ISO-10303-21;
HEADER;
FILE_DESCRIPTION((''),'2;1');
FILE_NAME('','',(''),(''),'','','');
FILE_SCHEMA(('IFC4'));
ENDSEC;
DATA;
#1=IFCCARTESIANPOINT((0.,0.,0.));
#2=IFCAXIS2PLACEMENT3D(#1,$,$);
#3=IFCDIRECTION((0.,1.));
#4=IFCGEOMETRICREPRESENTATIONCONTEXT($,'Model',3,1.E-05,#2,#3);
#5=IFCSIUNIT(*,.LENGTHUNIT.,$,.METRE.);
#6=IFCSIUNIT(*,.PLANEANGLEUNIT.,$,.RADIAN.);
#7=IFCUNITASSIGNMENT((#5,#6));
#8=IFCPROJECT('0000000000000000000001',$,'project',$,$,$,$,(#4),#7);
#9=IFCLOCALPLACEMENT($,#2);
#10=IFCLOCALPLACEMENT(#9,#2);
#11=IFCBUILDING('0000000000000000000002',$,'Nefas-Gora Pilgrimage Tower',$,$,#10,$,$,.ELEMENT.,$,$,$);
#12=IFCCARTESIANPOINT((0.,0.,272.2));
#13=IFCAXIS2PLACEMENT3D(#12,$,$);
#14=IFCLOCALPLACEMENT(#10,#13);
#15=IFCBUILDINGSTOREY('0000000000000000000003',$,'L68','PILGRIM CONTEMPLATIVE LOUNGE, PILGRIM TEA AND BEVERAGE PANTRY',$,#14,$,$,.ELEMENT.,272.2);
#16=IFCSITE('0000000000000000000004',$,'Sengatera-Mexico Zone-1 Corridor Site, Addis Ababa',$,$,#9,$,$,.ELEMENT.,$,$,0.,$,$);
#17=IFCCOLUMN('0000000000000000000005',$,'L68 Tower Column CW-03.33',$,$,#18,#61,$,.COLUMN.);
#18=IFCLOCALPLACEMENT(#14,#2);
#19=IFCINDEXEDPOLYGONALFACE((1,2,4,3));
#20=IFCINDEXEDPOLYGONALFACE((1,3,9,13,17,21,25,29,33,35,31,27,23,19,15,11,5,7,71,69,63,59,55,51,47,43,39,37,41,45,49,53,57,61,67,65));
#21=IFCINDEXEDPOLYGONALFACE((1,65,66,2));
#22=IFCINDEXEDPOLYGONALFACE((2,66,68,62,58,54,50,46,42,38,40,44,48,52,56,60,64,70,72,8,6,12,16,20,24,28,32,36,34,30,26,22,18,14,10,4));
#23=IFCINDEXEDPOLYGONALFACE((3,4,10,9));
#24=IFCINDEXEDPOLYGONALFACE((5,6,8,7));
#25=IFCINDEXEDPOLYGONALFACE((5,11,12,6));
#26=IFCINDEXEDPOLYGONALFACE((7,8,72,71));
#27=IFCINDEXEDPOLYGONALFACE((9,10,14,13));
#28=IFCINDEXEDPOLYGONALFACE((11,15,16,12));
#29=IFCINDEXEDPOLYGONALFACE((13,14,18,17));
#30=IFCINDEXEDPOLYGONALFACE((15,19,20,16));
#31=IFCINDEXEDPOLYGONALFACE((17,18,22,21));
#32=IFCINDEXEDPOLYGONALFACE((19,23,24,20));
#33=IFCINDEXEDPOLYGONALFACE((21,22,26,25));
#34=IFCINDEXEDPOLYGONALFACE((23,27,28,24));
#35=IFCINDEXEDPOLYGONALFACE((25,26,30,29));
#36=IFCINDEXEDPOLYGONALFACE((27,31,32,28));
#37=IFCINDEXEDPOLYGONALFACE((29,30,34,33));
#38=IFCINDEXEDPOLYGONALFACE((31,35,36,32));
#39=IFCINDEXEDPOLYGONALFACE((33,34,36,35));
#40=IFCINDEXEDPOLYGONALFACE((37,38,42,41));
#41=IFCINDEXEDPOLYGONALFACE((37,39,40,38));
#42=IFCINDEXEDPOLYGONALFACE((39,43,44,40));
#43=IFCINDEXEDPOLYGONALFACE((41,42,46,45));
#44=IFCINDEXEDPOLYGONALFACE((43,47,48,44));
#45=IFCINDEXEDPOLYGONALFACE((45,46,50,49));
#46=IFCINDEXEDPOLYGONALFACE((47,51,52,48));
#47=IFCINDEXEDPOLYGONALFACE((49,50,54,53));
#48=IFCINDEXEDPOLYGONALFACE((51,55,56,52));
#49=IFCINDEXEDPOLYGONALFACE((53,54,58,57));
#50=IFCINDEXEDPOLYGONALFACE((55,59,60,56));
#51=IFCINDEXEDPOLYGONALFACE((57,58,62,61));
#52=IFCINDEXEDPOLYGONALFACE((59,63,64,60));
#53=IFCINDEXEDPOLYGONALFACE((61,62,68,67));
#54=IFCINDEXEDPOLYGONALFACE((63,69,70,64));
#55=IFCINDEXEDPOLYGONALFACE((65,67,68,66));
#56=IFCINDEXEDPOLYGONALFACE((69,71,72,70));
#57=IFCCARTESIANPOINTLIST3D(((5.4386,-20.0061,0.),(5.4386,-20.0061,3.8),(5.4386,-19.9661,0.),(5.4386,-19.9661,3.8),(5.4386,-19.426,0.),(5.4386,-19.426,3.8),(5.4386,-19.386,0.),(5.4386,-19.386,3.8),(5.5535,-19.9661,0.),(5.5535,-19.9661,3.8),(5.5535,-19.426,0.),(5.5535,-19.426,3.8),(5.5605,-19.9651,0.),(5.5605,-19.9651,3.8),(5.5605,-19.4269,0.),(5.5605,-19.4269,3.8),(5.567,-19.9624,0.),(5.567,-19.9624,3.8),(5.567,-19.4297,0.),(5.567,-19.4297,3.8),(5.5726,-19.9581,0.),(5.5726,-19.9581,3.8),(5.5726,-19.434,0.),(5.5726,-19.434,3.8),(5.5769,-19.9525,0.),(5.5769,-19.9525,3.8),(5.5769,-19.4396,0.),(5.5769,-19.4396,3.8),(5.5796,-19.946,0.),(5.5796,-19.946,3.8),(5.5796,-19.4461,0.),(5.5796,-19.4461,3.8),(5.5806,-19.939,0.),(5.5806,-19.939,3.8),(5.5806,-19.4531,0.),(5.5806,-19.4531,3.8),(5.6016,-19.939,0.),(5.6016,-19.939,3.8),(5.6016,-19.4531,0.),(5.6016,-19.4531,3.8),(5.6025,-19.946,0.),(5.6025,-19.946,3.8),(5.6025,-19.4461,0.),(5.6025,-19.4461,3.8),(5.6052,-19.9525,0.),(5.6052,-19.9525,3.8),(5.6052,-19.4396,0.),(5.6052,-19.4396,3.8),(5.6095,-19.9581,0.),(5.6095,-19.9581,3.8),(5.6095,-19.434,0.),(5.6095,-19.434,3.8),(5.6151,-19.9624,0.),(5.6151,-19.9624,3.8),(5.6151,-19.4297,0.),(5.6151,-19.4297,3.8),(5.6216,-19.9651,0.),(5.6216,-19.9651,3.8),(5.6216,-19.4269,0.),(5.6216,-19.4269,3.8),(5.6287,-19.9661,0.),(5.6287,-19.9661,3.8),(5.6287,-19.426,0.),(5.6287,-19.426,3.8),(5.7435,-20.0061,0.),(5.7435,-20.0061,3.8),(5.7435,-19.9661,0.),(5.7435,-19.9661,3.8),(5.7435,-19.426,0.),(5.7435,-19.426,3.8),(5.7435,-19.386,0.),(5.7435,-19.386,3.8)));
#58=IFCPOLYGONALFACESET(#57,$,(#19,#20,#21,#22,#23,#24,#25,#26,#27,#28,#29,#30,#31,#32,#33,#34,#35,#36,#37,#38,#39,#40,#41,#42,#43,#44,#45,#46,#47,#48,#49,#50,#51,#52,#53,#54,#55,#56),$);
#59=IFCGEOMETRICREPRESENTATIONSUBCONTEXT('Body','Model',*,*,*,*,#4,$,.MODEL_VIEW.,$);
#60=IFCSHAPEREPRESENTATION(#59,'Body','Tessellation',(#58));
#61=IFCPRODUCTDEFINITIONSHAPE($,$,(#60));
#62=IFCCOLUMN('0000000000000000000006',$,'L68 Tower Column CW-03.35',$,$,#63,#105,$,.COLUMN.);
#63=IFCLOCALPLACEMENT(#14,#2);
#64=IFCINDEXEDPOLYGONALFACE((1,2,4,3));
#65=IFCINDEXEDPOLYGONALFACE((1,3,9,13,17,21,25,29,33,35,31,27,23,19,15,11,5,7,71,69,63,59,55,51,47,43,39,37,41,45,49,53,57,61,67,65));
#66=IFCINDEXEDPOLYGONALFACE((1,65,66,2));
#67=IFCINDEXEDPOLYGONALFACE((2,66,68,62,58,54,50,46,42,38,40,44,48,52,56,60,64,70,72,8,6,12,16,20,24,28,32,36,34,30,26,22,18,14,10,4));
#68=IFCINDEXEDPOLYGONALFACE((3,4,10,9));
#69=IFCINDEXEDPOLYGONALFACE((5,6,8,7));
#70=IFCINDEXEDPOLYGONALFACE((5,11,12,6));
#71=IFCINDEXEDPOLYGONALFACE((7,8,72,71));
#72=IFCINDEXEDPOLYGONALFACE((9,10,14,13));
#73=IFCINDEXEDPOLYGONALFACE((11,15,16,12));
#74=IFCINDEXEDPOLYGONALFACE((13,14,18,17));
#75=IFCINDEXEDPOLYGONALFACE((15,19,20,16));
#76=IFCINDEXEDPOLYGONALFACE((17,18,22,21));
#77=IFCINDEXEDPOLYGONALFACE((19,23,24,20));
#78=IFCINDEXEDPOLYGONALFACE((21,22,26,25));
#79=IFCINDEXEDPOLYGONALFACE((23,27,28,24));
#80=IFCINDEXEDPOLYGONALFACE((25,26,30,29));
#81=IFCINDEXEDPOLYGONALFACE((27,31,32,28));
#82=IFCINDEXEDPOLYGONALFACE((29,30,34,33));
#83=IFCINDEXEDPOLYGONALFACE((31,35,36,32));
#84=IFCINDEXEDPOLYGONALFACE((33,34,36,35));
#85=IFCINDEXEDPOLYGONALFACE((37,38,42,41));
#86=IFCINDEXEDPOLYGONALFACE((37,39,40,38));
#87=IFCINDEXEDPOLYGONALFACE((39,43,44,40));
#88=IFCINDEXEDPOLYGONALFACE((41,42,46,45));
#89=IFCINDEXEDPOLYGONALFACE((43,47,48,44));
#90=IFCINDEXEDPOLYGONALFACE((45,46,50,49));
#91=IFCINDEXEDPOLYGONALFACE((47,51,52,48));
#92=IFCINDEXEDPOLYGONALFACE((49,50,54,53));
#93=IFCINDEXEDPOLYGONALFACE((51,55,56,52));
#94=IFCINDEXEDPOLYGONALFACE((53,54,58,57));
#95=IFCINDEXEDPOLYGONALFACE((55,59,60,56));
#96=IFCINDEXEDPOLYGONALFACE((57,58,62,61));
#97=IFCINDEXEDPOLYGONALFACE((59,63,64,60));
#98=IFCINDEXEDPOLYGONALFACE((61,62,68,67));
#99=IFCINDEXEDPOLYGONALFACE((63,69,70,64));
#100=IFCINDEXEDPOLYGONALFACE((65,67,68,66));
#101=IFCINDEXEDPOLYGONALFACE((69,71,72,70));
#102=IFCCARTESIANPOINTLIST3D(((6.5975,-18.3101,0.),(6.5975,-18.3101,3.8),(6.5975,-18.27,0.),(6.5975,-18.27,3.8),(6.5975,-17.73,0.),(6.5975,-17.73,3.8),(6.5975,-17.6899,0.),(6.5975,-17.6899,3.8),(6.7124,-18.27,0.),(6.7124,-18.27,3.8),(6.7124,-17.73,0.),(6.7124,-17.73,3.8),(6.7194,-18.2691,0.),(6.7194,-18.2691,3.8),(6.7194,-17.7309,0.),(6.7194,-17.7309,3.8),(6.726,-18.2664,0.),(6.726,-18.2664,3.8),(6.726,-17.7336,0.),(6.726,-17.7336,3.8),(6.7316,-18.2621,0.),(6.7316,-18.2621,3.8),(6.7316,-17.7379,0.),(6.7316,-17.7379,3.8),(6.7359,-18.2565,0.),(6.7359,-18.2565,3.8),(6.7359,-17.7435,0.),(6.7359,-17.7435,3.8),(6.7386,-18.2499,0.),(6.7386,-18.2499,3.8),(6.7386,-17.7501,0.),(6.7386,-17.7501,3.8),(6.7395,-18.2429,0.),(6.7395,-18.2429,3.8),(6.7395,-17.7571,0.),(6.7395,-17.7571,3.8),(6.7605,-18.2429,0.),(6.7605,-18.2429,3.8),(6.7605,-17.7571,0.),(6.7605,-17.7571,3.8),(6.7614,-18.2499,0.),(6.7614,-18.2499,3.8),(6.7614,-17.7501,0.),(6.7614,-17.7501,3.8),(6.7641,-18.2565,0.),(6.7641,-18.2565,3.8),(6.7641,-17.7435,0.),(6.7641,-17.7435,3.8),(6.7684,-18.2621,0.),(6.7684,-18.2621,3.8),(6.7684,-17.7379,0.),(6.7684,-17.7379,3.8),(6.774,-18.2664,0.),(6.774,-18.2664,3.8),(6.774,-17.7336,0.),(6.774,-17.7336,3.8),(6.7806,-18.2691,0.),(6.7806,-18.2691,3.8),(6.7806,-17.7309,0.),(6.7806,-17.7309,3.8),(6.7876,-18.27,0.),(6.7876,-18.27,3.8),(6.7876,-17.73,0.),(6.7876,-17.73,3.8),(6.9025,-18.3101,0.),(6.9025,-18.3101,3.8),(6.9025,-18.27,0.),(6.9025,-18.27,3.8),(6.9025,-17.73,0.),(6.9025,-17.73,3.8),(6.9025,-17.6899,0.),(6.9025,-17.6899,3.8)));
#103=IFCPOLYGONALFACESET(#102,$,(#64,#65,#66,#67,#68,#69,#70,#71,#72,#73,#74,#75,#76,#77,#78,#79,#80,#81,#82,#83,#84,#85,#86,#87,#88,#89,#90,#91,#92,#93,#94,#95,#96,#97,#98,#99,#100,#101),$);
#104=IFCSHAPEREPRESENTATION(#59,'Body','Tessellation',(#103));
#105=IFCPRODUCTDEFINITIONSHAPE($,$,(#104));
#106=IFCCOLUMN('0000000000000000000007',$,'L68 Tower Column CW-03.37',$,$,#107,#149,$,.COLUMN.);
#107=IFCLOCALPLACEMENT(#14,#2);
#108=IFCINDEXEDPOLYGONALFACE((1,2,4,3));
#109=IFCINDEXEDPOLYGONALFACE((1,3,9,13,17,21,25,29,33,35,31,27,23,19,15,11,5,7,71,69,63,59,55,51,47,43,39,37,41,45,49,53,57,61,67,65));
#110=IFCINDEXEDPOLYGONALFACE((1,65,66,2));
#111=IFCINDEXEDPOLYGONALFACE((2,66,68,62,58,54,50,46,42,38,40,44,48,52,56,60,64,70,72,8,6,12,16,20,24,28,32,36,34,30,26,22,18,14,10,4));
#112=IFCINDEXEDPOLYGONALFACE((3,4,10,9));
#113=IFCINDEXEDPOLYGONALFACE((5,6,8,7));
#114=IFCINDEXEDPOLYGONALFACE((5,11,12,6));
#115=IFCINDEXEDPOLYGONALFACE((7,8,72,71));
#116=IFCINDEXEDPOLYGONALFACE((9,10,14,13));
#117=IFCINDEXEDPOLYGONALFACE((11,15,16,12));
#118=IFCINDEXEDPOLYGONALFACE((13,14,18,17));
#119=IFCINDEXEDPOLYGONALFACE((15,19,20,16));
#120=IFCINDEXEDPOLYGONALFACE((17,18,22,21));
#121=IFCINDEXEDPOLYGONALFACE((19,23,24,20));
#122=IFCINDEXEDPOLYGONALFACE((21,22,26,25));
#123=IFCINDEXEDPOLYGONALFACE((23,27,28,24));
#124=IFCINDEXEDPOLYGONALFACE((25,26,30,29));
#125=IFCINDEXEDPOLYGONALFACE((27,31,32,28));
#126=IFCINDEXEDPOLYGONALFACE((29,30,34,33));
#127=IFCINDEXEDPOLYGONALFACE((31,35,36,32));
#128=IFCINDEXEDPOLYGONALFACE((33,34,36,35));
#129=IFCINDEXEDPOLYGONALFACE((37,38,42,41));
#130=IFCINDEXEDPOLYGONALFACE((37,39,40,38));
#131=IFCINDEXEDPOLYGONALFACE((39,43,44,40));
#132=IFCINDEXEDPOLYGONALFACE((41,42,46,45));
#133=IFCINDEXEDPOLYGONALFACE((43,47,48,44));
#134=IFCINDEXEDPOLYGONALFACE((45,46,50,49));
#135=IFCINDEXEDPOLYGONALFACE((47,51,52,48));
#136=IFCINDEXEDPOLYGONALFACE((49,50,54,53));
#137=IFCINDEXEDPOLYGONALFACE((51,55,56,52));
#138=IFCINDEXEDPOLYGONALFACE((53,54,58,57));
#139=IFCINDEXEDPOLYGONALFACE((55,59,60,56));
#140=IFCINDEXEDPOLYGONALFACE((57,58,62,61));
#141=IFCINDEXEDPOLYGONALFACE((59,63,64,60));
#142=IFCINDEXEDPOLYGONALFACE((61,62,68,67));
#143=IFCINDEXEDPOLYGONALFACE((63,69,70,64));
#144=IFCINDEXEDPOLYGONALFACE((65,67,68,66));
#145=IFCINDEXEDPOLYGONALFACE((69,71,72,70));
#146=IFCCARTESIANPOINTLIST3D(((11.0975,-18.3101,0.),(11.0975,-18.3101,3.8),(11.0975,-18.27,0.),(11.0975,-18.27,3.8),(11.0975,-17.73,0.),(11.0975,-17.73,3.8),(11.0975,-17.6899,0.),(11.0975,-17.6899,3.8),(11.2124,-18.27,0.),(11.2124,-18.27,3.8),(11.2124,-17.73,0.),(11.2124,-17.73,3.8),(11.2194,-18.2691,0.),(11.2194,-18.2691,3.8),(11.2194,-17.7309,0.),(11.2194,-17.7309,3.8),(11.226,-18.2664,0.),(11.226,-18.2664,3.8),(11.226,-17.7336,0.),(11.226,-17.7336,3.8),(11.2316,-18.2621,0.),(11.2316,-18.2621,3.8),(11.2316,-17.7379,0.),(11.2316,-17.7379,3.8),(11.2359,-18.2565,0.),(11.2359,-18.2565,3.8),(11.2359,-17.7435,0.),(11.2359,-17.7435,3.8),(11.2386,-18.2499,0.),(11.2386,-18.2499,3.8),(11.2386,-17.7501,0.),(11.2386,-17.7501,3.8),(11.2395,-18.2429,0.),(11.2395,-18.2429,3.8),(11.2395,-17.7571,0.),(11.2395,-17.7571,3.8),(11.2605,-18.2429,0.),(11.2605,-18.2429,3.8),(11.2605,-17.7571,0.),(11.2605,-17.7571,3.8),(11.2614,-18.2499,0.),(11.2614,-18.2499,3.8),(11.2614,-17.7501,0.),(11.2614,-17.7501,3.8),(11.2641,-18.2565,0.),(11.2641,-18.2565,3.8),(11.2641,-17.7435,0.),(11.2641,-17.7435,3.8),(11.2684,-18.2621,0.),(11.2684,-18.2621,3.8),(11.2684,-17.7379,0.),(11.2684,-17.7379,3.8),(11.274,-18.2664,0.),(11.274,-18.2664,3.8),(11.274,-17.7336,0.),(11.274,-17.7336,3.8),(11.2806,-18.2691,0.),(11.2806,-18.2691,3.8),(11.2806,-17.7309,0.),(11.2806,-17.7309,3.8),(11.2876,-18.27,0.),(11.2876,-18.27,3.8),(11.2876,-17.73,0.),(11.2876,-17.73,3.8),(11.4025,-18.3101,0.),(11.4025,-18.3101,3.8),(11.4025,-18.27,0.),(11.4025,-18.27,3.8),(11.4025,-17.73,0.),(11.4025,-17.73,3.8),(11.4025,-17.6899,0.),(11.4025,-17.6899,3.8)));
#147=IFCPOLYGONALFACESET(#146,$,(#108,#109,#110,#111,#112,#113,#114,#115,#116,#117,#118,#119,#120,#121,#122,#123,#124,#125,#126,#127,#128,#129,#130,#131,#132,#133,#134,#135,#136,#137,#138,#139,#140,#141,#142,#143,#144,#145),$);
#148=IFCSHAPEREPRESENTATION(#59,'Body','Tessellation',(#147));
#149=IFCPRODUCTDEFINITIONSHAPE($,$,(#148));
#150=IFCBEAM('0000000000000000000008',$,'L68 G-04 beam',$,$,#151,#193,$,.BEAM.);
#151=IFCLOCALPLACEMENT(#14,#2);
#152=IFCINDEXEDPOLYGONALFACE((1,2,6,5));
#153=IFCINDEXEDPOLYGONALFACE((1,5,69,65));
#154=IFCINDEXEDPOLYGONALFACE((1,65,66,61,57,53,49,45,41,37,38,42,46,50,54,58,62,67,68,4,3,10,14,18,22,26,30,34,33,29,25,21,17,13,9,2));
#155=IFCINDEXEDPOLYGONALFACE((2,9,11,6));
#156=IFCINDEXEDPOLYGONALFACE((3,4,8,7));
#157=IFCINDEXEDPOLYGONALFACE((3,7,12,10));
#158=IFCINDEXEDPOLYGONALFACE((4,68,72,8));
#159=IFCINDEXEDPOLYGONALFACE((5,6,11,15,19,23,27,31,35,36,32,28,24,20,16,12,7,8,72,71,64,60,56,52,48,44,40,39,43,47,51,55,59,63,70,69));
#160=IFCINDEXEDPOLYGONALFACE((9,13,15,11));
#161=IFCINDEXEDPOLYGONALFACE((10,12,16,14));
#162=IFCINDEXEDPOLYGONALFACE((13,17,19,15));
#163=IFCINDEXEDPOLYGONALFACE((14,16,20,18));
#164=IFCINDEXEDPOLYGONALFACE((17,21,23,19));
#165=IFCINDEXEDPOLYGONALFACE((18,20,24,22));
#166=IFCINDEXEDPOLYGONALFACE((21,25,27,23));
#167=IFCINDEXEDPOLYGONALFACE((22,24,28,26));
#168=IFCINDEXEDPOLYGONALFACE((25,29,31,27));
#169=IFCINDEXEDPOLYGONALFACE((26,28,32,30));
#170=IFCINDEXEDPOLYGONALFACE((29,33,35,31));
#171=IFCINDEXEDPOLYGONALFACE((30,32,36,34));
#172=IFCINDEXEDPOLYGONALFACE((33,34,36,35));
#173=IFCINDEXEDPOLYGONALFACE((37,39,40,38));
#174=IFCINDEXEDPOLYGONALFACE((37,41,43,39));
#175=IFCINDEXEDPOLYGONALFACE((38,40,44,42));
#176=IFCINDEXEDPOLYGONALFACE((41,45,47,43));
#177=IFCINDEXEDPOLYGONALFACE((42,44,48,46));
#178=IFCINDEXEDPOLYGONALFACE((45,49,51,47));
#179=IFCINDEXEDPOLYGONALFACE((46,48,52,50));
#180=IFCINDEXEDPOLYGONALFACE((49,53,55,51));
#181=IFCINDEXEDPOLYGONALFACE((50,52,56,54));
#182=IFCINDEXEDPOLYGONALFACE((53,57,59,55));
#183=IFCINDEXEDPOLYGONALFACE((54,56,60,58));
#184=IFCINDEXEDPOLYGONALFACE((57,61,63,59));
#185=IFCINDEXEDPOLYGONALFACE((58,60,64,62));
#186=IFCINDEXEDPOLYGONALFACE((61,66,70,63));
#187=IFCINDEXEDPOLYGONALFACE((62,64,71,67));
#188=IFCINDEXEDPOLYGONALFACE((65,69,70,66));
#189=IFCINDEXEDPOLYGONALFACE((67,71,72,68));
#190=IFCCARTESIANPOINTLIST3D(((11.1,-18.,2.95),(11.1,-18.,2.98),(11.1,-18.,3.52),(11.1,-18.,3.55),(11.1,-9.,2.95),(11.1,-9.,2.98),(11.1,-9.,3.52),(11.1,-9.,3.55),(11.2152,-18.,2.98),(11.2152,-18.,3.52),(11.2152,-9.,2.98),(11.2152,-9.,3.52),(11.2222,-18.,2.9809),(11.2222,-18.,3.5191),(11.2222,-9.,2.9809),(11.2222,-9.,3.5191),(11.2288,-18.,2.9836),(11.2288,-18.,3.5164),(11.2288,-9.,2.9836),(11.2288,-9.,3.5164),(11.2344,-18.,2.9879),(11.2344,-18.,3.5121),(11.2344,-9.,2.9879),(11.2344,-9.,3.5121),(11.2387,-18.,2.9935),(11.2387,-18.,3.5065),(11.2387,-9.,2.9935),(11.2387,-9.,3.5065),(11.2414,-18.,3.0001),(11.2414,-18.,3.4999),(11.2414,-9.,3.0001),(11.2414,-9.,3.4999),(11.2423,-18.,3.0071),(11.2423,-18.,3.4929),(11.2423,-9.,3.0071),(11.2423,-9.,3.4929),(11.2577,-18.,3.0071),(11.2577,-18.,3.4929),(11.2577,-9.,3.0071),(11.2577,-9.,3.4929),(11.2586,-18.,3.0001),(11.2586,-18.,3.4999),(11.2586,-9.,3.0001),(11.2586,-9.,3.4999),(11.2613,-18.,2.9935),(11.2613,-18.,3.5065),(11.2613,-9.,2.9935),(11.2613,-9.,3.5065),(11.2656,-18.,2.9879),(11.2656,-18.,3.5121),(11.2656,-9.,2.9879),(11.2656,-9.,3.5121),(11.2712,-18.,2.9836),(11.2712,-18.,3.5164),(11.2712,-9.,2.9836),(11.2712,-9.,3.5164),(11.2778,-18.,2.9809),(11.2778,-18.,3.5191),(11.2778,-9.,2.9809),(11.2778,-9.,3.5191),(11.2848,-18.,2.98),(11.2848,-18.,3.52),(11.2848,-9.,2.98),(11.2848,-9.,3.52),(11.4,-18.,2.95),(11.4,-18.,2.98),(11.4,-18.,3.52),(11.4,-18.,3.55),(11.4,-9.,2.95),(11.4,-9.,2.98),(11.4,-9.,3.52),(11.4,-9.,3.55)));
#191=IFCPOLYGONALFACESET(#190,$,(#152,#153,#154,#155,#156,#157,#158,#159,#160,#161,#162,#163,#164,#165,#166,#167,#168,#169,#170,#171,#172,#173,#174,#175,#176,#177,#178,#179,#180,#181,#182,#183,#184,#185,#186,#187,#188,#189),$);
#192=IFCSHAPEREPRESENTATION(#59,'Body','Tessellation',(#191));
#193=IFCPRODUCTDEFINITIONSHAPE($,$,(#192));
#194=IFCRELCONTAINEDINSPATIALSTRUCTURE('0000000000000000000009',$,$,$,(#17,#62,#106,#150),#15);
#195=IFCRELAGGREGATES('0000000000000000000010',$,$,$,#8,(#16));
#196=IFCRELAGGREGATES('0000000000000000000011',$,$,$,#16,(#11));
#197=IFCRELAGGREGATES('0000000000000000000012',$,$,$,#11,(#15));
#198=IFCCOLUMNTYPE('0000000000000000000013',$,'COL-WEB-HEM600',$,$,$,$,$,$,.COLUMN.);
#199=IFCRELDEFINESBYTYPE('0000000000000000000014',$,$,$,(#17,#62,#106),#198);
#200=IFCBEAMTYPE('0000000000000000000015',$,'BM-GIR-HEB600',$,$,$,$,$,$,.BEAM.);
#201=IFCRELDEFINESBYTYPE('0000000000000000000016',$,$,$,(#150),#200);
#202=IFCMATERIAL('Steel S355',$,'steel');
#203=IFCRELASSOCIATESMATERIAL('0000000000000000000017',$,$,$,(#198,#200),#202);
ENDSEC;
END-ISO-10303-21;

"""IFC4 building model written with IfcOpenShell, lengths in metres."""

from ifc_helpers import new_model, si_unit, direction, frame, origin, origin_2d, place, context, subcontext, project, spatial, i_section, extrude, source, transform, mapped, material, material_profile, profile_set, type_object, element, save


model = new_model("IFC4")

# Units and contexts
model_context = context("Model", 3, precision=1e-05, world=origin(), true_north=direction((0.0, 1.0)))
body_context = subcontext(model_context, "Body", "Model", "MODEL_VIEW")
ifc_project = project(units=[si_unit("LENGTHUNIT", "METRE"), si_unit("PLANEANGLEUNIT", "RADIAN")], contexts=[model_context])

# Site, building, storey
site_placement = place(None, origin())
site = spatial("IfcSite", under=ifc_project, at=site_placement, Name="Sengatera-Mexico Zone-1 Corridor Site, Addis Ababa", CompositionType="ELEMENT", RefElevation=0.0)
building_placement = place(site_placement, origin())
building = spatial("IfcBuilding", under=site, at=building_placement, Name="Nefas-Gora Pilgrimage Tower", CompositionType="ELEMENT")
storey_placement = place(building_placement, frame((0.0, 0.0, 272.2)))
storey = spatial("IfcBuildingStorey", under=building, at=storey_placement, Name="L68", Description="PILGRIM CONTEMPLATIVE LOUNGE, PILGRIM TEA AND BEVERAGE PANTRY", CompositionType="ELEMENT", Elevation=272.2)

# Columns
ifc_material_1 = material(Name="Steel S355", Category="steel")
ifc_material_profile_1 = material_profile(ifc_material_1, i_section(OverallWidth=0.3049, OverallDepth=0.6201, WebThickness=0.021, FlangeThickness=0.04, FilletRadius=0.0271, at=origin_2d()), Name="HEM 600")
ifc_profile_set_1 = profile_set([ifc_material_profile_1], Name="Steel S355")
column_type_1 = type_object("IfcColumnType", Name="COL-WEB-HEM600", PredefinedType="COLUMN", material=ifc_profile_set_1)
shared_shape_1 = source(origin(), body_context, "Body", "SweptSolid", [
    extrude(i_section(OverallWidth=0.3049, OverallDepth=0.6201, WebThickness=0.021, FlangeThickness=0.04, FilletRadius=0.0271, at=origin_2d()), origin(), (0.0, 0.0, 1.0), 3.8),
])
for number, where, z_axis, x_axis, name in (
    (1, (5.5911, -19.696, 0.0), (0.0, 0.0, 1.0), (1.0, 0.0, 0.0), "L68 Tower Column CW-03.33"),
    (2, (6.75, -18.0, 0.0), (0.0, 0.0, 1.0), (1.0, 0.0, 0.0), "L68 Tower Column CW-03.35"),
    (3, (11.25, -18.0, 0.0), (0.0, 0.0, 1.0), (1.0, 0.0, 0.0), "L68 Tower Column CW-03.37"),
):
    element("IfcColumn", number, at=place(storey_placement, frame(where, z_axis=z_axis, x_axis=x_axis)), inside=storey, type_object=column_type_1, Name=name, PredefinedType="COLUMN", context=body_context, shape_type="MappedRepresentation", body=[
        mapped(shared_shape_1, transform((0.0, 0.0, 0.0), x_axis=(1.0, 0.0, 0.0), y_axis=(0.0, 1.0, 0.0), z_axis=(0.0, 0.0, 1.0), scale=1.0)),
    ])

# Beam
ifc_material_profile_2 = material_profile(ifc_material_1, i_section(OverallWidth=0.3, OverallDepth=0.6001, WebThickness=0.0154, FlangeThickness=0.03, FilletRadius=0.0271, at=origin_2d()), Name="HEB 600")
ifc_profile_set_2 = profile_set([ifc_material_profile_2], Name="Steel S355")
beam_type = type_object("IfcBeamType", Name="BM-GIR-HEB600", PredefinedType="BEAM", material=ifc_profile_set_2)
shared_shape_2 = source(origin(), body_context, "Body", "SweptSolid", [
    extrude(i_section(OverallWidth=0.3, OverallDepth=0.6001, WebThickness=0.0154, FlangeThickness=0.03, FilletRadius=0.0271, at=origin_2d()), origin(), (0.0, 0.0, 1.0), 9.0),
])
beam_placement = place(storey_placement, frame((11.25, -18.0, 3.25), z_axis=(0.0, 1.0, 0.0), x_axis=(-1.0, 0.0, 0.0)))
element("IfcBeam", 4, at=beam_placement, inside=storey, type_object=beam_type, Name="L68 G-04 beam", PredefinedType="BEAM", context=body_context, shape_type="MappedRepresentation", body=[
    mapped(shared_shape_2, transform((0.0, 0.0, 0.0), x_axis=(1.0, 0.0, 0.0), y_axis=(0.0, 1.0, 0.0), z_axis=(0.0, 0.0, 1.0), scale=1.0)),
])

save(model, "model.ifc")
